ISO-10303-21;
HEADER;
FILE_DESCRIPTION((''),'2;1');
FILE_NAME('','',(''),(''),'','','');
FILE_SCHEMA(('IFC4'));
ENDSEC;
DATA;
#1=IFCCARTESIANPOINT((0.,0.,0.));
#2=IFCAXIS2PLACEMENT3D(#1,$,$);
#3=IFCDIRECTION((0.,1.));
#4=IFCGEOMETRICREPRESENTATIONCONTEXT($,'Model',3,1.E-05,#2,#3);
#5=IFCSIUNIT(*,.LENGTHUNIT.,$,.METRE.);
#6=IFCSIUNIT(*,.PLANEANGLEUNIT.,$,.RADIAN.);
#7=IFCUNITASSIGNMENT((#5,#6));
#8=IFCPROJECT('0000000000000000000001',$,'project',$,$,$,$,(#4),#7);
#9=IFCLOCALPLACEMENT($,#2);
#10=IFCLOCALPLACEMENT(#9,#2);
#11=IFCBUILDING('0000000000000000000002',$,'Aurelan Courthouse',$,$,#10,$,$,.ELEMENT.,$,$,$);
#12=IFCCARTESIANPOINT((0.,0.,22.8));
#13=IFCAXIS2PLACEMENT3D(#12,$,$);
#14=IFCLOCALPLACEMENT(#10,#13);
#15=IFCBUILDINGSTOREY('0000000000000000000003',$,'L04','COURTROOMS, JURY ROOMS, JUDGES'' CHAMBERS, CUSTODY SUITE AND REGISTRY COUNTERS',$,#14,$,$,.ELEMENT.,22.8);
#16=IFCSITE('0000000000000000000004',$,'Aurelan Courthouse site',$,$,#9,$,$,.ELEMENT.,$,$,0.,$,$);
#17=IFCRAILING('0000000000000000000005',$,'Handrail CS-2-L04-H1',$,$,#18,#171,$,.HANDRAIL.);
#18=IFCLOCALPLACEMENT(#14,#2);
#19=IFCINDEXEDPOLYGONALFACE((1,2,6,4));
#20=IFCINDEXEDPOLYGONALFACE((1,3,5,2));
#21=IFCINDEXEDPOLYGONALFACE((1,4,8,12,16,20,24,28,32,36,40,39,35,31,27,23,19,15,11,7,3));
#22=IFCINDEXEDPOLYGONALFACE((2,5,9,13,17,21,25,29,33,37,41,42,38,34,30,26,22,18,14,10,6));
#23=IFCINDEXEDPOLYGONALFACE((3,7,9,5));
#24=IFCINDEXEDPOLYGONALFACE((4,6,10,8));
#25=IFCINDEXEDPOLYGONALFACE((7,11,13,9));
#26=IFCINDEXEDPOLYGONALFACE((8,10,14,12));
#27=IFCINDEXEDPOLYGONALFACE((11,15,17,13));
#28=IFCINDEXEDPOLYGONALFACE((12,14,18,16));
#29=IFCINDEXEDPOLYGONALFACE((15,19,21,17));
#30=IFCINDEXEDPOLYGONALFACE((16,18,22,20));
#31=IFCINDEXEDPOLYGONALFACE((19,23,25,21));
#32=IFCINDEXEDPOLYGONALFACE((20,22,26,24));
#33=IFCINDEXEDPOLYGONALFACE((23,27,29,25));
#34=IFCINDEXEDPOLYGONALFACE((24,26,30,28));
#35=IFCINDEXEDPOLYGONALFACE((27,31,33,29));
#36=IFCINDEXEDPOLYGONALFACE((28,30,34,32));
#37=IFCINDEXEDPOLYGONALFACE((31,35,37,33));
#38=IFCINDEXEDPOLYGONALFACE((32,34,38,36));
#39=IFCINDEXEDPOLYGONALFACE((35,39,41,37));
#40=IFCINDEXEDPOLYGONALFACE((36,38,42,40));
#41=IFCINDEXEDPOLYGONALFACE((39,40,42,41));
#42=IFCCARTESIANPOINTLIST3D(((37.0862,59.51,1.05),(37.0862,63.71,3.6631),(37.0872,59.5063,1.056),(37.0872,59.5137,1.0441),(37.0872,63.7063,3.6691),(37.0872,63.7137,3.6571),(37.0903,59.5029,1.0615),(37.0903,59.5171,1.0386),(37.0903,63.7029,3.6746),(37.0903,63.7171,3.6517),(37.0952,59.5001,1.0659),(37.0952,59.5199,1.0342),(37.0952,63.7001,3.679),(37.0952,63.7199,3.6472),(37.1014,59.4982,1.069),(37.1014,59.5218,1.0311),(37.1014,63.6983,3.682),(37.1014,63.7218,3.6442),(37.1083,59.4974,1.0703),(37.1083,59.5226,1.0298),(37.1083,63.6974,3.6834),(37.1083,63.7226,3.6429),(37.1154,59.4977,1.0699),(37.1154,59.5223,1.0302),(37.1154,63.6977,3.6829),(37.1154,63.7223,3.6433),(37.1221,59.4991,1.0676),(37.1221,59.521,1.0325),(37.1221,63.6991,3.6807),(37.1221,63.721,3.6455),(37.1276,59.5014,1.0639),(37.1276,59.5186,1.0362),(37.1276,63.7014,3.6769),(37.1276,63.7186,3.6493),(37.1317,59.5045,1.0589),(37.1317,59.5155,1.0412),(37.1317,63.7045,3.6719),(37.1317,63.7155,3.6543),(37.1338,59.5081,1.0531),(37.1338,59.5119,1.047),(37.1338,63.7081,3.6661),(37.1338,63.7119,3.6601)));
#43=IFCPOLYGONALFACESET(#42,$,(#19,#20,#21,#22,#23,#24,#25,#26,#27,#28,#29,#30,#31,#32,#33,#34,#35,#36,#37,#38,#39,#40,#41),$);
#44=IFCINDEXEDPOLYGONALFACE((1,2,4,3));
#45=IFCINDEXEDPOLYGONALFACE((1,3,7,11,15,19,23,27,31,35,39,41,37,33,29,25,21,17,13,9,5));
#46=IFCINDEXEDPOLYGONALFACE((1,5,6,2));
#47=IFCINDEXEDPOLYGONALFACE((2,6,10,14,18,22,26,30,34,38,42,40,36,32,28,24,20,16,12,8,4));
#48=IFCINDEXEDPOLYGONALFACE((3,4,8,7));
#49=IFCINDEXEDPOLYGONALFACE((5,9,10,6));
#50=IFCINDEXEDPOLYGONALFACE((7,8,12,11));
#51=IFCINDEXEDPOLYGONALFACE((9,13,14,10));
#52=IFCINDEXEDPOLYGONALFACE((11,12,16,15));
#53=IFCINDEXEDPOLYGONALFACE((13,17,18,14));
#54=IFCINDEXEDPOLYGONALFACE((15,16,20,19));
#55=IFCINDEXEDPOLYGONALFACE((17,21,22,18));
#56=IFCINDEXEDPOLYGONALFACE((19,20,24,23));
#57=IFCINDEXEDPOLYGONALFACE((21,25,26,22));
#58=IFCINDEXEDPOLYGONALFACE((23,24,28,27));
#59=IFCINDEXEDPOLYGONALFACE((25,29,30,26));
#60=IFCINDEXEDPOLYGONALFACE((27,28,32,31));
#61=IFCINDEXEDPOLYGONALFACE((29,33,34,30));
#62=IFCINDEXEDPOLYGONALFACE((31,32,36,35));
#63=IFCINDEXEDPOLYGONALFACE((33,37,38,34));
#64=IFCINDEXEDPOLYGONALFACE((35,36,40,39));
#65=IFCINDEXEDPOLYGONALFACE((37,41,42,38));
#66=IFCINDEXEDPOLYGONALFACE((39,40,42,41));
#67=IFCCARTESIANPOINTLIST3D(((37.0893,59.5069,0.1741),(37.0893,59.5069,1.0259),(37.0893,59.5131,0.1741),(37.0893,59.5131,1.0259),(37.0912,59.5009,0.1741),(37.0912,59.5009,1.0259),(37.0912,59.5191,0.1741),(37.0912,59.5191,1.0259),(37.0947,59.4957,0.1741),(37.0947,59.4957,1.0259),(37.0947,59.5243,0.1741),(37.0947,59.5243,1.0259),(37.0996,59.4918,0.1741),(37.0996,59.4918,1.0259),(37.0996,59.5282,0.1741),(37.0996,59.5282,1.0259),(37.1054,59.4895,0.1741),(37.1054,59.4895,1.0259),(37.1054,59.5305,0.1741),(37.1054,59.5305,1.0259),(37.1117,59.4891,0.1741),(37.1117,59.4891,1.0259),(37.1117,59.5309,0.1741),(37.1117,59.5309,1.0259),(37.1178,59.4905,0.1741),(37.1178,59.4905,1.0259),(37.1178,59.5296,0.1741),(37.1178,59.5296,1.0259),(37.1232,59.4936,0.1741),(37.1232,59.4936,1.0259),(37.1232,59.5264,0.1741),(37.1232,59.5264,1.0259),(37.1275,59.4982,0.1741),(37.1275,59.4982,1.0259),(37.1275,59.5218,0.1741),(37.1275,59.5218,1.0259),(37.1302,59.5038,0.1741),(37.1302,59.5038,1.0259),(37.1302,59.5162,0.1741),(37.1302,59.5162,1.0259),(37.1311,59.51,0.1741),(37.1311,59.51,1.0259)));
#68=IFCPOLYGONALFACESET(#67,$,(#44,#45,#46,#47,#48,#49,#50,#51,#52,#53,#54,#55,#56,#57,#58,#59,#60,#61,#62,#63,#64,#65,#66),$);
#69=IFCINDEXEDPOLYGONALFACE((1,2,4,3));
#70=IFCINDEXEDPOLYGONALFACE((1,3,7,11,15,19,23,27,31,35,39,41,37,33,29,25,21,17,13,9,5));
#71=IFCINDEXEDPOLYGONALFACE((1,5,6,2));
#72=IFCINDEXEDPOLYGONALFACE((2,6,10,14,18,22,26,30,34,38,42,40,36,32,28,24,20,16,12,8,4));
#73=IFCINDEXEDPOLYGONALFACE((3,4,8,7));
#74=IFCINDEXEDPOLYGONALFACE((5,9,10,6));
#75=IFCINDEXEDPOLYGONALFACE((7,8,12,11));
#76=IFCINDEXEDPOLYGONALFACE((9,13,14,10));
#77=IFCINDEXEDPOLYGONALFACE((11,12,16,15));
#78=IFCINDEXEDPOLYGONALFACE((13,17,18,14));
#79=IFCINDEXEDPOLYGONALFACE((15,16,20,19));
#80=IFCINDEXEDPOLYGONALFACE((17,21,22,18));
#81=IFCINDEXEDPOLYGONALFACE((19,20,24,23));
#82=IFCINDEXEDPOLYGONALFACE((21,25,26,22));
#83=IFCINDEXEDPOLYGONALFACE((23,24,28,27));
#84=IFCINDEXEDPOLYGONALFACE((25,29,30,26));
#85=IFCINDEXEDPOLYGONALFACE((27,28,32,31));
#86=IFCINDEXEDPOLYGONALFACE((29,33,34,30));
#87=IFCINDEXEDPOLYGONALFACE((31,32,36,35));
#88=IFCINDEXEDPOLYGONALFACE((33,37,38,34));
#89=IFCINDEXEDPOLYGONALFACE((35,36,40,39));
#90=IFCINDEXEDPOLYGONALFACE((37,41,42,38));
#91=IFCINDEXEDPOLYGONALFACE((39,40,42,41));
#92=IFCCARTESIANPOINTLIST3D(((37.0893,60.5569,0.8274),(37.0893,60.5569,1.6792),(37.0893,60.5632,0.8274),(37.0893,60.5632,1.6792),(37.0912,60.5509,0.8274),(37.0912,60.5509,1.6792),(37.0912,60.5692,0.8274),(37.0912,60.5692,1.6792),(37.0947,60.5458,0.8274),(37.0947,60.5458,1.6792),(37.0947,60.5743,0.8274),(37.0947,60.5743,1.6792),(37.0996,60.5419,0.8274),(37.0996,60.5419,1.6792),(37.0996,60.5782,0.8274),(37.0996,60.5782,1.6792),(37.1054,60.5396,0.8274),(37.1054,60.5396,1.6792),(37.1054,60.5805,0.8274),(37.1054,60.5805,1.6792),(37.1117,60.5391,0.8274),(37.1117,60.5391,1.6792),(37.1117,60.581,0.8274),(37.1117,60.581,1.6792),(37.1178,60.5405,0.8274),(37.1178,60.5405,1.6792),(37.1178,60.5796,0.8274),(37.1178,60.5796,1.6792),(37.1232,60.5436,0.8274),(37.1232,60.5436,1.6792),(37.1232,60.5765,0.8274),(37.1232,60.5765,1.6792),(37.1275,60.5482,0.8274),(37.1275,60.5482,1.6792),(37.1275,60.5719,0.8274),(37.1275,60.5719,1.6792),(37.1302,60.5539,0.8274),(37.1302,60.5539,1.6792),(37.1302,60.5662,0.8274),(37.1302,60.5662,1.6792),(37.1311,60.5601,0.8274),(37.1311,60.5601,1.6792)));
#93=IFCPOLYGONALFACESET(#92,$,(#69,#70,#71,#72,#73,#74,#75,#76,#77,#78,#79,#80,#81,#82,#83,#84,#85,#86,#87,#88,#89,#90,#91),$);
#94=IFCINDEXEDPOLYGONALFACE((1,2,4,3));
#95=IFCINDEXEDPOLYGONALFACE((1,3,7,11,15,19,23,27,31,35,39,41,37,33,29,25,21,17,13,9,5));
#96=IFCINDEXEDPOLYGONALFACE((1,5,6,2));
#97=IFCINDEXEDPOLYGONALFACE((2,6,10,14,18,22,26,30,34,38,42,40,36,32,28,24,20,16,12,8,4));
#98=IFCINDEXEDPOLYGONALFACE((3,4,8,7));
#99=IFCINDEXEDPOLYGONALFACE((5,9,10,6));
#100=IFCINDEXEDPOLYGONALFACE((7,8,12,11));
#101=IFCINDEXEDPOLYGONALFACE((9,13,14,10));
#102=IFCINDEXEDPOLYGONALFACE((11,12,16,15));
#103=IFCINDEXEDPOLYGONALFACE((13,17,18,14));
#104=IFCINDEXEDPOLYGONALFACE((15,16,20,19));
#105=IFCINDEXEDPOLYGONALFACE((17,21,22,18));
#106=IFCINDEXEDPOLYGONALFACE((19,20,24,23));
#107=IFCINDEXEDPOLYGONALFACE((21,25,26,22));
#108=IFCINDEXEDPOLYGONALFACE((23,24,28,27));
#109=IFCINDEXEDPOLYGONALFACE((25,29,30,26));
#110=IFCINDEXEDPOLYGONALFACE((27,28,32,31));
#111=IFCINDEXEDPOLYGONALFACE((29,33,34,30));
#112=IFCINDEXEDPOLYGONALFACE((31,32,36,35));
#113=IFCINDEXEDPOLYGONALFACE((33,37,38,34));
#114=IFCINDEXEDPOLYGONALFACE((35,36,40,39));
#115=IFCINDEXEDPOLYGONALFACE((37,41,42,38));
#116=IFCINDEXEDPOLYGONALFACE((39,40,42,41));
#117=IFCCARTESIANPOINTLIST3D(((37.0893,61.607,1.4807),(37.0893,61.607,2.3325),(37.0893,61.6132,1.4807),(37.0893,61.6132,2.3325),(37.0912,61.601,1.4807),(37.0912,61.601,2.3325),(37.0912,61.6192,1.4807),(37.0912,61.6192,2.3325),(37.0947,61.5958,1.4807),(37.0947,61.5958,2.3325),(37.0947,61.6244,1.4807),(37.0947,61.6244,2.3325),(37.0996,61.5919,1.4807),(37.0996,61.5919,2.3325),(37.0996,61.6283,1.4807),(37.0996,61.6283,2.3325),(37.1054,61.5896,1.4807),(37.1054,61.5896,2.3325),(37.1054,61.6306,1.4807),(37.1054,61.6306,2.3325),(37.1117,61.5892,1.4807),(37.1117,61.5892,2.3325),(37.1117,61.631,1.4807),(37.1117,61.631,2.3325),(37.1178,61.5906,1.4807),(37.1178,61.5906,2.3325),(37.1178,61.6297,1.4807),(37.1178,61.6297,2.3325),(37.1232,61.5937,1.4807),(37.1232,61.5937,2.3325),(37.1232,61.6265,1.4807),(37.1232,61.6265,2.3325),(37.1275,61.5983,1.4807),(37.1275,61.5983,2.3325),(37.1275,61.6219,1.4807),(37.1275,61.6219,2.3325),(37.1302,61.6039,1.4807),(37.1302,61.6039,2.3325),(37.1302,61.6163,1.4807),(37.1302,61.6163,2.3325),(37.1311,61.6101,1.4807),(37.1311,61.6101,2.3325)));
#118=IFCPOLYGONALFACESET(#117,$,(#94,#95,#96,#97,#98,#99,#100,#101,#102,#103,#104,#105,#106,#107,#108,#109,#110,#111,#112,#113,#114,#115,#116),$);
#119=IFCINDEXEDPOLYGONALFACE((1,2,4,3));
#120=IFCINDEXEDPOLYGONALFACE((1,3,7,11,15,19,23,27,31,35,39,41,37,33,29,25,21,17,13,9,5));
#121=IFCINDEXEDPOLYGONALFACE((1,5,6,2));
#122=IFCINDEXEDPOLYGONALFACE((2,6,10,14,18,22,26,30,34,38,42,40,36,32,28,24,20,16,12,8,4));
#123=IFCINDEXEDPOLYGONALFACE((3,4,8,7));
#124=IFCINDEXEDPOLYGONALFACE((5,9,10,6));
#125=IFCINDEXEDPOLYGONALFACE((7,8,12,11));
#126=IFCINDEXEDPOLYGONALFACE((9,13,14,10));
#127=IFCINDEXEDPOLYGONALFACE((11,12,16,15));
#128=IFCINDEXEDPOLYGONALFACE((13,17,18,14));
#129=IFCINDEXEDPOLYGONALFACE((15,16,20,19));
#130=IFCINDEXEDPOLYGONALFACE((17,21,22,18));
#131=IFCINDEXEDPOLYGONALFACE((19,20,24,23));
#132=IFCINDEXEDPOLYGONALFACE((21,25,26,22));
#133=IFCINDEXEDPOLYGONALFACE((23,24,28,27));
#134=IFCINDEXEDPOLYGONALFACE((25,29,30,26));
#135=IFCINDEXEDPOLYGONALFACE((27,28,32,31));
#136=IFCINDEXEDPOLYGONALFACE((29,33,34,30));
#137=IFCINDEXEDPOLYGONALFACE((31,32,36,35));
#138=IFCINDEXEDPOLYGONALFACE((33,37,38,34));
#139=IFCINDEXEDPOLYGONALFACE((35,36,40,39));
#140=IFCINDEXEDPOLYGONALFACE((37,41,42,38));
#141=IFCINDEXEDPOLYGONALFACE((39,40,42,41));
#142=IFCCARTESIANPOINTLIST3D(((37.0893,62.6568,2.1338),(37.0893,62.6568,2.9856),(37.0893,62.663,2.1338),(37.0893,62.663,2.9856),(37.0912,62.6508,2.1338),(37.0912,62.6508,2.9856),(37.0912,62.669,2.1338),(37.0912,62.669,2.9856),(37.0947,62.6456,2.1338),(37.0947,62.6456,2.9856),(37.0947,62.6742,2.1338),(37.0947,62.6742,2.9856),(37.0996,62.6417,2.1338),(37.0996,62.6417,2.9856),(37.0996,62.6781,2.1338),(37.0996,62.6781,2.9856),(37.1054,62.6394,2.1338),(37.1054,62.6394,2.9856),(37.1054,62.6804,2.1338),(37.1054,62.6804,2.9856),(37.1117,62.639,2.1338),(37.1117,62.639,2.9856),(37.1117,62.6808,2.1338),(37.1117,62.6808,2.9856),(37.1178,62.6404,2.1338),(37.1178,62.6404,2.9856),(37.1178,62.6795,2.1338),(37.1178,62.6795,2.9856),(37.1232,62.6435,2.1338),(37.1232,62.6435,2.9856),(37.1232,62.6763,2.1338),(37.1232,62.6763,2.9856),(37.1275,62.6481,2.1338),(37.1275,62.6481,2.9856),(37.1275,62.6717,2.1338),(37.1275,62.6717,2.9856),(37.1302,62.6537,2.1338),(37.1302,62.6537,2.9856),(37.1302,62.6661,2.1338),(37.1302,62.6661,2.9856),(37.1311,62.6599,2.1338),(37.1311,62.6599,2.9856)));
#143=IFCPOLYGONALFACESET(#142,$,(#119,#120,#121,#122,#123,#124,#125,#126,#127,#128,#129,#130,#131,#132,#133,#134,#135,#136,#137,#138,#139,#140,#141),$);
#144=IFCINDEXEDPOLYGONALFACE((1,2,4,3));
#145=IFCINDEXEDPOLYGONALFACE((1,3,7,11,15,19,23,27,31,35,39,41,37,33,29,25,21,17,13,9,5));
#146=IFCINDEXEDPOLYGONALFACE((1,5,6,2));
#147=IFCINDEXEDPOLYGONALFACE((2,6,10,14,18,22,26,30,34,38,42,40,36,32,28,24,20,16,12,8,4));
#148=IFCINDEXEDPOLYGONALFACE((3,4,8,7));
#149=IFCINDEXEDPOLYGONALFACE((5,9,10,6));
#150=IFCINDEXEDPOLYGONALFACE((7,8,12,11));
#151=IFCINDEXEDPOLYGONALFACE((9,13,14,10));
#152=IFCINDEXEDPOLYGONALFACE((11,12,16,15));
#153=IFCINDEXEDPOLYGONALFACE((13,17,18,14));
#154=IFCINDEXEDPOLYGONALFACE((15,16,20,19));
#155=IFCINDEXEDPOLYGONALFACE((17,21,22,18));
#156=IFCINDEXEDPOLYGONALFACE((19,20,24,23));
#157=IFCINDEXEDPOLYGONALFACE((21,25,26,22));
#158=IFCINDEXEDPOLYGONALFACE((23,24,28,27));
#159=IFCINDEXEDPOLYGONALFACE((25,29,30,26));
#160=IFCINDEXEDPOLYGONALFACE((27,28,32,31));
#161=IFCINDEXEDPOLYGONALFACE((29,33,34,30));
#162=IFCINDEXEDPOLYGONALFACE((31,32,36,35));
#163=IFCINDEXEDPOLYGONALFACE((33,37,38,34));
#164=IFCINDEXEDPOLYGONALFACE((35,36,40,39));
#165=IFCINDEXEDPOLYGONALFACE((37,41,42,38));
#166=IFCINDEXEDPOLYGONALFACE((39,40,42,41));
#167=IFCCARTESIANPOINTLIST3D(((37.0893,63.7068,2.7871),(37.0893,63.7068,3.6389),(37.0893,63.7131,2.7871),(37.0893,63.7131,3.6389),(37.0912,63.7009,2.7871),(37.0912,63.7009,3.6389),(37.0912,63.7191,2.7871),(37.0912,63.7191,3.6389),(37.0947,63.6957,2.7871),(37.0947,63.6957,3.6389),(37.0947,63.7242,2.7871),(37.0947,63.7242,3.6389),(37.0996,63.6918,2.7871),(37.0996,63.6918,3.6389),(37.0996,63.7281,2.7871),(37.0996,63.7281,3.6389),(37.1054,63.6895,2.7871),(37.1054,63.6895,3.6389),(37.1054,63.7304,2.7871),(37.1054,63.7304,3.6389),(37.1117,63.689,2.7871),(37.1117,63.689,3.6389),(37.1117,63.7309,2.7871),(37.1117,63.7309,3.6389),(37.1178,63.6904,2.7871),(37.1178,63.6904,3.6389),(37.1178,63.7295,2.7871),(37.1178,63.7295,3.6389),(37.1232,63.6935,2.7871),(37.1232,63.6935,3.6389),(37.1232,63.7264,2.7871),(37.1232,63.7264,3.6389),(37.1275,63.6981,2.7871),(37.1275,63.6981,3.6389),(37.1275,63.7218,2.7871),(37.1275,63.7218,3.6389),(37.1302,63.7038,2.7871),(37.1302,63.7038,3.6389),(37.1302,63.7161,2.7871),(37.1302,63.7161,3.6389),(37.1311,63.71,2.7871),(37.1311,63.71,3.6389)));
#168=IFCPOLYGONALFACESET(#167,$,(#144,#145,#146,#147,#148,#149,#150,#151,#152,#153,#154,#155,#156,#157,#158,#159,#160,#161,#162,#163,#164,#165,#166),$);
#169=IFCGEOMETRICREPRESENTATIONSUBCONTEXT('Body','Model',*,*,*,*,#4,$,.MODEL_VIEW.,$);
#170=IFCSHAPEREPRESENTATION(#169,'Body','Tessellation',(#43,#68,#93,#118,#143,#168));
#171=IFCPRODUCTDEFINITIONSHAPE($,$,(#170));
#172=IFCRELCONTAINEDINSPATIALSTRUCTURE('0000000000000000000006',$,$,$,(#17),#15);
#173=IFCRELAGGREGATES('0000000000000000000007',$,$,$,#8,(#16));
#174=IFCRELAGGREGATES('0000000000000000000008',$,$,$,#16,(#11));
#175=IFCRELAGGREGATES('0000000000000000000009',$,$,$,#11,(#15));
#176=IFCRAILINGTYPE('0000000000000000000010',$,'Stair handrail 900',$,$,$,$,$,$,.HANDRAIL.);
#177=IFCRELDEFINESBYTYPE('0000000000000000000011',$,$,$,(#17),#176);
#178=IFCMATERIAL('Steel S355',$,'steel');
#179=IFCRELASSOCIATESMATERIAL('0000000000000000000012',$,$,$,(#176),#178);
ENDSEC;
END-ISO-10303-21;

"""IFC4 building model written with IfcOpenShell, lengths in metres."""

from ifc_helpers import new_model, si_unit, direction, frame, origin, origin_2d, place, context, subcontext, project, spatial, circle, extrude, material, type_object, element, save


model = new_model("IFC4")

# Units and contexts
model_context = context("Model", 3, precision=1e-05, world=origin(), true_north=direction((0.0, 1.0)))
body_context = subcontext(model_context, "Body", "Model", "MODEL_VIEW")
ifc_project = project(units=[si_unit("LENGTHUNIT", "METRE"), si_unit("PLANEANGLEUNIT", "RADIAN")], contexts=[model_context])

# Site, building, storey
site_placement = place(None, origin())
site = spatial("IfcSite", under=ifc_project, at=site_placement, Name="Aurelan Courthouse site", CompositionType="ELEMENT", RefElevation=0.0)
building_placement = place(site_placement, origin())
building = spatial("IfcBuilding", under=site, at=building_placement, Name="Aurelan Courthouse", CompositionType="ELEMENT")
storey_placement = place(building_placement, frame((0.0, 0.0, 22.8)))
storey = spatial("IfcBuildingStorey", under=building, at=storey_placement, Name="L04", Description="COURTROOMS, JURY ROOMS, JUDGES' CHAMBERS, CUSTODY SUITE AND REGISTRY COUNTERS", CompositionType="ELEMENT", Elevation=22.8)

# Railing
ifc_material_1 = material(Name="Steel S355", Category="steel")
railing_type = type_object("IfcRailingType", Name="Stair handrail 900", PredefinedType="HANDRAIL", material=ifc_material_1)
railing_placement = place(storey_placement, frame((37.1101, 59.51, 0.1741)))
element("IfcRailing", 1, at=railing_placement, inside=storey, type_object=railing_type, Name="Handrail CS-2-L04-H1", PredefinedType="HANDRAIL", context=body_context, shape_type="SweptSolid", body=[
    extrude(circle(Radius=0.0239, at=origin_2d()), frame((0.0, 0.0, 0.876), z_axis=(0.0, 0.849081, 0.528263), x_axis=(-1.0, 0.0, 0.0)), (0.0, 0.0, 1.0), 4.9465),
    extrude(circle(Radius=0.021, at=origin_2d()), origin(), (0.0, 0.0, 1.0), 0.8518),
    extrude(circle(Radius=0.021, at=origin_2d()), frame((0.0, 1.05, 0.6533)), (0.0, 0.0, 1.0), 0.8518),
    extrude(circle(Radius=0.021, at=origin_2d()), frame((0.0, 2.1001, 1.3066)), (0.0, 0.0, 1.0), 0.8518),
    extrude(circle(Radius=0.021, at=origin_2d()), frame((0.0, 3.1499, 1.9597)), (0.0, 0.0, 1.0), 0.8518),
    extrude(circle(Radius=0.021, at=origin_2d()), frame((0.0, 4.2, 2.613)), (0.0, 0.0, 1.0), 0.8518),
])

save(model, "model.ifc")
